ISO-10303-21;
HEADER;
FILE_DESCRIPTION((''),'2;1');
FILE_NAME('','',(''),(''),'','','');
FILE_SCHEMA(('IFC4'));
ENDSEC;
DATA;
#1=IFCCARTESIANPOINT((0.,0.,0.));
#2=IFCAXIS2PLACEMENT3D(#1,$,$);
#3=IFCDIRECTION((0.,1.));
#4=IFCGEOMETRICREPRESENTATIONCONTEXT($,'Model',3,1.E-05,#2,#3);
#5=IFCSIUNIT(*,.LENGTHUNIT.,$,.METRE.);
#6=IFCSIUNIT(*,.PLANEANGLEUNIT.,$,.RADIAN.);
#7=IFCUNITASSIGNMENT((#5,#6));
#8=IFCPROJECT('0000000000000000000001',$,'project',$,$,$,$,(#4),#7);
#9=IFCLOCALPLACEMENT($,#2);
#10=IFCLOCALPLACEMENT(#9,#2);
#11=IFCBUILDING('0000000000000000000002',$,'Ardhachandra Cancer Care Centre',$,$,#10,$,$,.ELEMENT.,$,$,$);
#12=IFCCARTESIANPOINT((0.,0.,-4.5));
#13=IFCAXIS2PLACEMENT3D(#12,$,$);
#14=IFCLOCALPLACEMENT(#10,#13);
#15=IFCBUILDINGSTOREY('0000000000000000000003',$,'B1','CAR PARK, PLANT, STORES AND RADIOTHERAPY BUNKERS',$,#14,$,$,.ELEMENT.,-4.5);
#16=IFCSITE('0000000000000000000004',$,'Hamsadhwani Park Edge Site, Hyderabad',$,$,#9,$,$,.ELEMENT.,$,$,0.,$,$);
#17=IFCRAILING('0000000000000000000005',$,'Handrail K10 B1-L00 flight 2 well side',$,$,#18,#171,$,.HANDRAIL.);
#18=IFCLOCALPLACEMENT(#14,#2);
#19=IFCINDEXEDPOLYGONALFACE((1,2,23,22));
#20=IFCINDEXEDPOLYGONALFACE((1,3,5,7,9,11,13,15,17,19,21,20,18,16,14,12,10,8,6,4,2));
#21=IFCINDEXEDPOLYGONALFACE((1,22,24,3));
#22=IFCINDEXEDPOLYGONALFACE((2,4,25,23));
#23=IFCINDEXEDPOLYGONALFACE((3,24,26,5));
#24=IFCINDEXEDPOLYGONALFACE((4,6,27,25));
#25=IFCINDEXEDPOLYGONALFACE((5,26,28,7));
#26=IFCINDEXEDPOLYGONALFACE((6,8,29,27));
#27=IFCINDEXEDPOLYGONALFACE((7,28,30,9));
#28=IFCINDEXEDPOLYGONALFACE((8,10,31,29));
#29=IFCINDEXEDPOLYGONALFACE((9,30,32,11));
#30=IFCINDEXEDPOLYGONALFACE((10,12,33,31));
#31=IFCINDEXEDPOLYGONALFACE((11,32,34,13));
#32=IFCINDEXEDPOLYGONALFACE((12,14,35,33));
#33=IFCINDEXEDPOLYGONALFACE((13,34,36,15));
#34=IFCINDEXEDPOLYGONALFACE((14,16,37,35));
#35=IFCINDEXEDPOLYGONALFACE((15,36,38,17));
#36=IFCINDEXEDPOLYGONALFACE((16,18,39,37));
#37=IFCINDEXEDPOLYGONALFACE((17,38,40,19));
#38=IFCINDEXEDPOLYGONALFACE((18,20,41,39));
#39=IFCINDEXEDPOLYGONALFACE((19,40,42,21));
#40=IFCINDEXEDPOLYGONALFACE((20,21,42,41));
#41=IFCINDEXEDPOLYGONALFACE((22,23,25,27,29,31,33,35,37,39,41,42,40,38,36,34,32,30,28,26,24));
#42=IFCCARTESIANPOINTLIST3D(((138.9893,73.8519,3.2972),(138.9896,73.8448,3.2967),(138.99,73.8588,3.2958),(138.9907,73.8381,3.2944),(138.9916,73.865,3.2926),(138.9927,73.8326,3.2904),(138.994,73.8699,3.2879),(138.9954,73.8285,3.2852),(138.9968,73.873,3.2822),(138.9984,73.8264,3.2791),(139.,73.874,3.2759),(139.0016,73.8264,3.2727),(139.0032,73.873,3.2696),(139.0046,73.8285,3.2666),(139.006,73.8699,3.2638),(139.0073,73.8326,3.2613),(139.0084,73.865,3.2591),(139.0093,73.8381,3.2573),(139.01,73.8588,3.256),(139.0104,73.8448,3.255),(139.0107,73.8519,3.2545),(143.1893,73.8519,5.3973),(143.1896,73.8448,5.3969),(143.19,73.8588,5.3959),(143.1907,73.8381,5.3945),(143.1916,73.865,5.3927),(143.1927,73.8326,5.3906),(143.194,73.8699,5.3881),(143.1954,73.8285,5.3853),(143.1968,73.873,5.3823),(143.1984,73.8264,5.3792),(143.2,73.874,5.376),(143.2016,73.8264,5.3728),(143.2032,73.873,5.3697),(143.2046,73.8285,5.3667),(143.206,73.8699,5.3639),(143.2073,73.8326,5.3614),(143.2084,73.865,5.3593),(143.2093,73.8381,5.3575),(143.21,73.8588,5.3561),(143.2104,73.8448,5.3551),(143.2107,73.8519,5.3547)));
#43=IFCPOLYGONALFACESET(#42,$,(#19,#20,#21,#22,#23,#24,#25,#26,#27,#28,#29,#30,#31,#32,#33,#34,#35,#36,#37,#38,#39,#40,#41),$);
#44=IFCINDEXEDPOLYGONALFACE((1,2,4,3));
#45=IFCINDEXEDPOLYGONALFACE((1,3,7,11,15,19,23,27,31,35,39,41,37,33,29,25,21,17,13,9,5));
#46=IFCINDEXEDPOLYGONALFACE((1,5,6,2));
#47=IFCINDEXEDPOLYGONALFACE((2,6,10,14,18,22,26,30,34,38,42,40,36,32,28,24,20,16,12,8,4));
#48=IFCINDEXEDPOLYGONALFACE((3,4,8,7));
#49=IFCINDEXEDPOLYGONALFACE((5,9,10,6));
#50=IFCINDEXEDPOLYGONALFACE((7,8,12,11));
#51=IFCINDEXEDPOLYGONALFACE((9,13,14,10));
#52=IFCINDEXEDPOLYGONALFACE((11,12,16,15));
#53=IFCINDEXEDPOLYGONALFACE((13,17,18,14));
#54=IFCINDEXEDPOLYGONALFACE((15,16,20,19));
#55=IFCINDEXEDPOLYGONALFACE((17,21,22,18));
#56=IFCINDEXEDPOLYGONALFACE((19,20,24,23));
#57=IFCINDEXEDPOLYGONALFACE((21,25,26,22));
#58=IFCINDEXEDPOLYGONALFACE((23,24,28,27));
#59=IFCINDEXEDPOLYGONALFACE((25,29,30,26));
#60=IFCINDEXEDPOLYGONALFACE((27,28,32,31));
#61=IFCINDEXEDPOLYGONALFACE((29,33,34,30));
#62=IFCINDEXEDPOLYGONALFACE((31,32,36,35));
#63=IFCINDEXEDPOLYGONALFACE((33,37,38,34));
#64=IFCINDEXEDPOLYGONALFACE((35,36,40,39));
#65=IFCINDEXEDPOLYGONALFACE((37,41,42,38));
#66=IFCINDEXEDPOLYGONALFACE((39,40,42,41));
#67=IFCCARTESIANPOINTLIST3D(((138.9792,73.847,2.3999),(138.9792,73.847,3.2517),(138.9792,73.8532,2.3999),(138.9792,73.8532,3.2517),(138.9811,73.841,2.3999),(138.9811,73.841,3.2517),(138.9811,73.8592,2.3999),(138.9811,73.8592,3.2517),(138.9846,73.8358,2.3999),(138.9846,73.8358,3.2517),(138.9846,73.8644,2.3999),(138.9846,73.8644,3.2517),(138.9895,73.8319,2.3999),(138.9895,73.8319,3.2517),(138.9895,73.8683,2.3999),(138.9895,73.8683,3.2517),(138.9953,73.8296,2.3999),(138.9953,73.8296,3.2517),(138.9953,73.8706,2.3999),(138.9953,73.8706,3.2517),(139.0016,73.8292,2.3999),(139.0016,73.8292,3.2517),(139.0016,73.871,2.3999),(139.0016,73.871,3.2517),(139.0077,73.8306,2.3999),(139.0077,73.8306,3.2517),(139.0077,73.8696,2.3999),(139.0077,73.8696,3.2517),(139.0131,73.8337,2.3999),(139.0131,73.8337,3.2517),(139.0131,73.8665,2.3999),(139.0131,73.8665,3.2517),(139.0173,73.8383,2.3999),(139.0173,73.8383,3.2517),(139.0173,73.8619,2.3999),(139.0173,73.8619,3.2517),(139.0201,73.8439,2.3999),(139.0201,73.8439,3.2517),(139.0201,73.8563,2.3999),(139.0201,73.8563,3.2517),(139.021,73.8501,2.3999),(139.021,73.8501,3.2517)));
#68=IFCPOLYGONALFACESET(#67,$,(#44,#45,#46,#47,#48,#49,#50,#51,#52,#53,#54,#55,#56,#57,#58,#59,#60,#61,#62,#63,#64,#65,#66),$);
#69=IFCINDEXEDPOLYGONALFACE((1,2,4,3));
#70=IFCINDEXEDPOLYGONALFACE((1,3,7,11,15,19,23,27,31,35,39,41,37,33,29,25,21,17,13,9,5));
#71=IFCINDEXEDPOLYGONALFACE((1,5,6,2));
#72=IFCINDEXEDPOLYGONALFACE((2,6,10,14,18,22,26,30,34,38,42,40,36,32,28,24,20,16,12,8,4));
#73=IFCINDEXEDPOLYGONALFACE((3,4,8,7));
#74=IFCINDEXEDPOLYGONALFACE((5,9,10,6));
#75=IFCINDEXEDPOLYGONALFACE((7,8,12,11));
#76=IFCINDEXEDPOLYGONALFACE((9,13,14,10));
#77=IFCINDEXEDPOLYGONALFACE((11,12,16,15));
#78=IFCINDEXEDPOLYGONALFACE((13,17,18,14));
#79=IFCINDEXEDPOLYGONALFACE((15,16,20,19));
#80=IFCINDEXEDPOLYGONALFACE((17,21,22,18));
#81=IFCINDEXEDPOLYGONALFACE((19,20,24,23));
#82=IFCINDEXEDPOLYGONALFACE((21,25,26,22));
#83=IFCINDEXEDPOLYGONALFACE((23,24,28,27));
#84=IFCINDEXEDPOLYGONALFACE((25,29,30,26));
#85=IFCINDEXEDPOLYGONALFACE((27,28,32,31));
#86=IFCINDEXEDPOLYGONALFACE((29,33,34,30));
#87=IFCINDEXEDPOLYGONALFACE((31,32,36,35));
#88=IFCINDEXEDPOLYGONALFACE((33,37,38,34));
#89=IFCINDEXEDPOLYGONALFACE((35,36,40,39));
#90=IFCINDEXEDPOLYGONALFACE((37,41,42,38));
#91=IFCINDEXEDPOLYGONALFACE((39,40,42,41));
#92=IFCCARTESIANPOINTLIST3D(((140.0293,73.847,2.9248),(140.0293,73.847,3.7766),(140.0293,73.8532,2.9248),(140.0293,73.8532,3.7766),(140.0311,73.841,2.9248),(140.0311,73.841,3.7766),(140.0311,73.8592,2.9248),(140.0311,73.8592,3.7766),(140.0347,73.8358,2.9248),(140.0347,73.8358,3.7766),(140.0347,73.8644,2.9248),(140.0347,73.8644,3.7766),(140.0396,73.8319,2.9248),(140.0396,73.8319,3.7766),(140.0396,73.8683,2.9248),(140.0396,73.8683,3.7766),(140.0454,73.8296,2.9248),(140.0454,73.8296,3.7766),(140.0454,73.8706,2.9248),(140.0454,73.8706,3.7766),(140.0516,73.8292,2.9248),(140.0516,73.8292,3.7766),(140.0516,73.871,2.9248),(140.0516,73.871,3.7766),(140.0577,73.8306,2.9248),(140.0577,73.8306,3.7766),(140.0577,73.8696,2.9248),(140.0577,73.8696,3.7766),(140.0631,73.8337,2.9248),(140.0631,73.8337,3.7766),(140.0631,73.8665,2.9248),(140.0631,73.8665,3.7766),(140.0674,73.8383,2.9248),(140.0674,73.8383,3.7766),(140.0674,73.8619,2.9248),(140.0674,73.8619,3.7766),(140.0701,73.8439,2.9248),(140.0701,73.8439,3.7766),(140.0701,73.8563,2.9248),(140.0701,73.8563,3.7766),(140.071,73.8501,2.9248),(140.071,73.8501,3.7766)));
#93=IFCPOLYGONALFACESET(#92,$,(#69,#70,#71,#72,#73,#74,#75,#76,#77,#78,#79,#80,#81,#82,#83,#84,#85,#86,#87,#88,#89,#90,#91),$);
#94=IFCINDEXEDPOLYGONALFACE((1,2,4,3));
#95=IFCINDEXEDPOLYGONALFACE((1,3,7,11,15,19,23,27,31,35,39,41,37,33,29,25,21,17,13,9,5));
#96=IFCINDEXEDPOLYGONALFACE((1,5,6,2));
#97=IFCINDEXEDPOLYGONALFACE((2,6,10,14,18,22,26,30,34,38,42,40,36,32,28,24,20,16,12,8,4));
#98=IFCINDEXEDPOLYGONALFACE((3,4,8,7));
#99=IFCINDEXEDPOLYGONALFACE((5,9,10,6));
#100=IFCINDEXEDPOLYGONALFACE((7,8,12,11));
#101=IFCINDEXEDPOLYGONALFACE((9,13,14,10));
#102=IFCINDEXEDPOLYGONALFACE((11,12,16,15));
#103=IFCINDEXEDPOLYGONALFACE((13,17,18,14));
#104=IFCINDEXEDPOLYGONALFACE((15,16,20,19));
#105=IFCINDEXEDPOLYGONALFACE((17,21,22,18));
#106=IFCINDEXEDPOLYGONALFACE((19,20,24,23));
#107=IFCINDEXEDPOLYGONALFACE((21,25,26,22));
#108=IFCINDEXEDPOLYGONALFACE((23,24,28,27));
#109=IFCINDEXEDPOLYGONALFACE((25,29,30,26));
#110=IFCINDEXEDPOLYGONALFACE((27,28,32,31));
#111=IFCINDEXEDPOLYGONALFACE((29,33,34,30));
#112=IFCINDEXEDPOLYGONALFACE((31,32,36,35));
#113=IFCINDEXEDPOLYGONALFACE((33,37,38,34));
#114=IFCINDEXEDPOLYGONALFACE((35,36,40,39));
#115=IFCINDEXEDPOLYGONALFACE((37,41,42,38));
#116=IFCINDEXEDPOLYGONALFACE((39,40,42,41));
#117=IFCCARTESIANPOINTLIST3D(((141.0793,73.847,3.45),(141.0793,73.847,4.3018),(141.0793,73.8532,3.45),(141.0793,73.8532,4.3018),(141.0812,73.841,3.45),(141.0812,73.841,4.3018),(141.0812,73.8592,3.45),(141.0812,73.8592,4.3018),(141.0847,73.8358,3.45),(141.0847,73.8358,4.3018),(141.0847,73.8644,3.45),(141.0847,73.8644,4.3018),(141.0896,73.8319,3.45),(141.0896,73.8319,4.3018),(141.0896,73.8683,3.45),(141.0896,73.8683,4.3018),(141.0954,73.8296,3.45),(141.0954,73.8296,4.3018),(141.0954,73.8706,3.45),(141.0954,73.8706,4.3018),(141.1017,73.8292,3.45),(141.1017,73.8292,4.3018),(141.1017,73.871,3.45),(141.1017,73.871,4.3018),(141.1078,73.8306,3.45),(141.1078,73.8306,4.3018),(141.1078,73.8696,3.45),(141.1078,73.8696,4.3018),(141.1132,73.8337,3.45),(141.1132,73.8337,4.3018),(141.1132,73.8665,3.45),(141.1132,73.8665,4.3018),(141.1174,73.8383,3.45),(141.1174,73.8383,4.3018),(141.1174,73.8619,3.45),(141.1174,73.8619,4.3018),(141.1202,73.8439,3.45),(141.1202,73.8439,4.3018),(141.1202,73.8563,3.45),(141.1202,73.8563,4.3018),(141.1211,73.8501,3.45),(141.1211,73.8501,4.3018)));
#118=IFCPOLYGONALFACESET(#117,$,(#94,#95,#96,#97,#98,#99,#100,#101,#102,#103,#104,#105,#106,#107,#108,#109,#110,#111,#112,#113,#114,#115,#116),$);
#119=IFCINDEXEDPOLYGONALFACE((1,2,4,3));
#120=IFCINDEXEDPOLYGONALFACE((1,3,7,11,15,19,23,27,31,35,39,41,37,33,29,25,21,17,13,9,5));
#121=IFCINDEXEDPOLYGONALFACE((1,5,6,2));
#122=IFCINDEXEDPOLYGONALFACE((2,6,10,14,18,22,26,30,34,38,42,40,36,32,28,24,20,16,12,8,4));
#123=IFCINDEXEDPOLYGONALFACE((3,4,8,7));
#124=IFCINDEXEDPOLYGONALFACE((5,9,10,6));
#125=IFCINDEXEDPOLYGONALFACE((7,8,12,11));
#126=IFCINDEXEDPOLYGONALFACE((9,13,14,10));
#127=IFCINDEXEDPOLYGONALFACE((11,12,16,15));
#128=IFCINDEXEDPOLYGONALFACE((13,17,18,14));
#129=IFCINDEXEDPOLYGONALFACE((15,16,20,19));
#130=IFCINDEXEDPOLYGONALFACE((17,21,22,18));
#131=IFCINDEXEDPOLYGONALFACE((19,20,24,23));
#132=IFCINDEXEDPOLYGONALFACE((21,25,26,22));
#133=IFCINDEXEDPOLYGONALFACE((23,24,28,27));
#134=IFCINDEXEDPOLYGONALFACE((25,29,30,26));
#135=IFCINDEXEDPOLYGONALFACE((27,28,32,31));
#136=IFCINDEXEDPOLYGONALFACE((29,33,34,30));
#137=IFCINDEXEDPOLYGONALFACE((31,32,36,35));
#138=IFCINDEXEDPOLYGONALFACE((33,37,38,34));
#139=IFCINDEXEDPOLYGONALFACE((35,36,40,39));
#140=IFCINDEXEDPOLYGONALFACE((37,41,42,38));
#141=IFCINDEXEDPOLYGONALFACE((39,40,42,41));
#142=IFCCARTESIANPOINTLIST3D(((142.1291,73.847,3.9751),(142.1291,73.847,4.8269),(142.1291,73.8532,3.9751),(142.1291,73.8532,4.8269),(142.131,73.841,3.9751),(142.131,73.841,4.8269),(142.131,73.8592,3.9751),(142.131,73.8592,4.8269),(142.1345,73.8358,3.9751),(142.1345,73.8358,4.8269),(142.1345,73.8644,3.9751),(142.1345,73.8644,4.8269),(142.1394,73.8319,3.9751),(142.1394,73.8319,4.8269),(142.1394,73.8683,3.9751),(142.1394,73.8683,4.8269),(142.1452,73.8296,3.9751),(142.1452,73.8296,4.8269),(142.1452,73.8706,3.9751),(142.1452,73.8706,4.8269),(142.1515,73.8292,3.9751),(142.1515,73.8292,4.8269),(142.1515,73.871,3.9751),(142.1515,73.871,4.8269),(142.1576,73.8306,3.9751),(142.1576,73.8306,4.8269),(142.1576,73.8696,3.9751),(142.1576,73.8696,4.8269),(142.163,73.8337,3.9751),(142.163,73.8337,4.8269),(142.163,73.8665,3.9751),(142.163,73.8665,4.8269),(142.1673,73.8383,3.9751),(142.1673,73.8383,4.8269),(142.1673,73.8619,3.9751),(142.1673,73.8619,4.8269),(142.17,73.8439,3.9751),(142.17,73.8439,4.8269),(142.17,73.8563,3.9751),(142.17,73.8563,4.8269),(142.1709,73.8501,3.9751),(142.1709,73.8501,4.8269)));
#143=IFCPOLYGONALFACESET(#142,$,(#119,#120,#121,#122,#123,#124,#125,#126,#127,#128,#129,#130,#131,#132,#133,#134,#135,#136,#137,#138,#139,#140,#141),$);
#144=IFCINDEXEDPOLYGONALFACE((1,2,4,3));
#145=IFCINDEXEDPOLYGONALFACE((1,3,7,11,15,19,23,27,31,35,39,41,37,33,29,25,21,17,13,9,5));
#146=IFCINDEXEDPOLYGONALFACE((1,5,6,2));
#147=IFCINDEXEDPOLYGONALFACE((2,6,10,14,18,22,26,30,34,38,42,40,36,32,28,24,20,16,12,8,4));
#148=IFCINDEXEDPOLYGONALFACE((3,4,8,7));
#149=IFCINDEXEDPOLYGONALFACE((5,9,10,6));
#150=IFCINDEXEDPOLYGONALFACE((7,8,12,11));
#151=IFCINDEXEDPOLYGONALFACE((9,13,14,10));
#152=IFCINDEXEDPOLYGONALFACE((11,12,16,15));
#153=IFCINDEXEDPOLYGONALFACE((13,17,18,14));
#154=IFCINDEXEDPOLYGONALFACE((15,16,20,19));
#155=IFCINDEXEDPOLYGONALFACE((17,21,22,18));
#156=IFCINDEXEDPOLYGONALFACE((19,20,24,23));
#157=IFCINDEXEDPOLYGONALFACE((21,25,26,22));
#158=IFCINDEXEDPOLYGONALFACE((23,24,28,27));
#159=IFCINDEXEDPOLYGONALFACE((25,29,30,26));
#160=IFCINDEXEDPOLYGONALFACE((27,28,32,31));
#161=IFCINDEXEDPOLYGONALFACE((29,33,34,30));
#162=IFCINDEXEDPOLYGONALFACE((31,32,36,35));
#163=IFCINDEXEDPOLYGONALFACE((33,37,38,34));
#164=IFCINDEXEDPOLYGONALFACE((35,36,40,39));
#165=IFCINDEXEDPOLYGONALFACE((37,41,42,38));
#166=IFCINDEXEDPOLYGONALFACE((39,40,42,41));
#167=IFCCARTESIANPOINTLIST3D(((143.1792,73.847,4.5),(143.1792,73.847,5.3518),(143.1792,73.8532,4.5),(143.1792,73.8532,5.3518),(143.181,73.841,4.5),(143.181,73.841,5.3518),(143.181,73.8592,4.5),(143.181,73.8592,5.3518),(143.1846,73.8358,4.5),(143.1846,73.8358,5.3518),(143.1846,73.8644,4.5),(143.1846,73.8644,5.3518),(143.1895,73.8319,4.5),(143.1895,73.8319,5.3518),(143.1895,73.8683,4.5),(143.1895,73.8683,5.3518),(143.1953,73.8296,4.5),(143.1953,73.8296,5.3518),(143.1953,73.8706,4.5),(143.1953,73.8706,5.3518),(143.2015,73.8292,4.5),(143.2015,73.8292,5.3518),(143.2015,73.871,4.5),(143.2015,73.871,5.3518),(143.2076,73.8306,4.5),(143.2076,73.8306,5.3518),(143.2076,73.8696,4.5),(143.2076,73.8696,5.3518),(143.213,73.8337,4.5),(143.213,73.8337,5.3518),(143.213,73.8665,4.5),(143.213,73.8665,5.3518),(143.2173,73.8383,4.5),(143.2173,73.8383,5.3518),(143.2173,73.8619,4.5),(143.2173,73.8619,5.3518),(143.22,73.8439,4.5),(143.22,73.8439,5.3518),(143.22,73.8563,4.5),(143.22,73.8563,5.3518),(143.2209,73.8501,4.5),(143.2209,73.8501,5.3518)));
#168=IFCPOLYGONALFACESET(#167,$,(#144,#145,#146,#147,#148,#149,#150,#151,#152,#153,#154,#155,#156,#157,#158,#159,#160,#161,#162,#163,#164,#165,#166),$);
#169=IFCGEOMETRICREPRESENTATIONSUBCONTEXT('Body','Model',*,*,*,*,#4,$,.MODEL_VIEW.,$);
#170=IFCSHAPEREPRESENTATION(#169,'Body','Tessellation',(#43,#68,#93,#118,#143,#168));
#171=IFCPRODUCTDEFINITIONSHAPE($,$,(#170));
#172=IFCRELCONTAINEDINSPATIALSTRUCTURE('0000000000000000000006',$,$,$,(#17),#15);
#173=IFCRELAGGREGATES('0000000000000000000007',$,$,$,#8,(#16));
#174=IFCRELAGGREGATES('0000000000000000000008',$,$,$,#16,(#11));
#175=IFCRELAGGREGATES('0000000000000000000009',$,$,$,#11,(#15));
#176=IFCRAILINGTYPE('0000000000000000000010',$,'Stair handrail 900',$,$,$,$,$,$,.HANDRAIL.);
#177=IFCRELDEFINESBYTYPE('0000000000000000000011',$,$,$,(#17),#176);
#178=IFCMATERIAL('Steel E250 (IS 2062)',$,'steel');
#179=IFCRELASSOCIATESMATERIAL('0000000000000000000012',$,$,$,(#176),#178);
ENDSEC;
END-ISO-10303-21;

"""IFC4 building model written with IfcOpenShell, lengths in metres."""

from ifc_helpers import new_model, si_unit, direction, frame, origin, origin_2d, place, context, subcontext, project, spatial, circle, extrude, material, type_object, element, save


model = new_model("IFC4")

# Units and contexts
model_context = context("Model", 3, precision=1e-05, world=origin(), true_north=direction((0.0, 1.0)))
body_context = subcontext(model_context, "Body", "Model", "MODEL_VIEW")
ifc_project = project(units=[si_unit("LENGTHUNIT", "METRE"), si_unit("PLANEANGLEUNIT", "RADIAN")], contexts=[model_context])

# Site, building, storey
site_placement = place(None, origin())
site = spatial("IfcSite", under=ifc_project, at=site_placement, Name="Hamsadhwani Park Edge Site, Hyderabad", CompositionType="ELEMENT", RefElevation=0.0)
building_placement = place(site_placement, origin())
building = spatial("IfcBuilding", under=site, at=building_placement, Name="Ardhachandra Cancer Care Centre", CompositionType="ELEMENT")
storey_placement = place(building_placement, frame((0.0, 0.0, -4.5)))
storey = spatial("IfcBuildingStorey", under=building, at=storey_placement, Name="B1", Description="CAR PARK, PLANT, STORES AND RADIOTHERAPY BUNKERS", CompositionType="ELEMENT", Elevation=-4.5)

# Railing
ifc_material_1 = material(Name="Steel E250 (IS 2062)", Category="steel")
railing_type = type_object("IfcRailingType", Name="Stair handrail 900", PredefinedType="HANDRAIL", material=ifc_material_1)
for number, where, name in (
    (1, (139.0, 73.8501, 2.3999), "Handrail K10 B1-L00 flight 2 well side"),
):
    element("IfcRailing", number, at=place(storey_placement, frame(where)), inside=storey, type_object=railing_type, Name=name, PredefinedType="HANDRAIL", context=body_context, shape_type="SweptSolid", body=[
        extrude(circle(Radius=0.0239, at=origin_2d()), frame((0.0, 0.0, 0.876), z_axis=(0.894417, 0.0, 0.447234), x_axis=(0.0, 1.0, 0.0)), (0.0, 0.0, 1.0), 4.6958),
        extrude(circle(Radius=0.021, at=origin_2d()), origin(), (0.0, 0.0, 1.0), 0.8518),
        extrude(circle(Radius=0.021, at=origin_2d()), frame((1.05, 0.0, 0.5249)), (0.0, 0.0, 1.0), 0.8518),
        extrude(circle(Radius=0.021, at=origin_2d()), frame((2.1001, 0.0, 1.05)), (0.0, 0.0, 1.0), 0.8518),
        extrude(circle(Radius=0.021, at=origin_2d()), frame((3.1499, 0.0, 1.5752)), (0.0, 0.0, 1.0), 0.8518),
        extrude(circle(Radius=0.021, at=origin_2d()), frame((4.2, 0.0, 2.1001)), (0.0, 0.0, 1.0), 0.8518),
    ])

save(model, "model.ifc")
